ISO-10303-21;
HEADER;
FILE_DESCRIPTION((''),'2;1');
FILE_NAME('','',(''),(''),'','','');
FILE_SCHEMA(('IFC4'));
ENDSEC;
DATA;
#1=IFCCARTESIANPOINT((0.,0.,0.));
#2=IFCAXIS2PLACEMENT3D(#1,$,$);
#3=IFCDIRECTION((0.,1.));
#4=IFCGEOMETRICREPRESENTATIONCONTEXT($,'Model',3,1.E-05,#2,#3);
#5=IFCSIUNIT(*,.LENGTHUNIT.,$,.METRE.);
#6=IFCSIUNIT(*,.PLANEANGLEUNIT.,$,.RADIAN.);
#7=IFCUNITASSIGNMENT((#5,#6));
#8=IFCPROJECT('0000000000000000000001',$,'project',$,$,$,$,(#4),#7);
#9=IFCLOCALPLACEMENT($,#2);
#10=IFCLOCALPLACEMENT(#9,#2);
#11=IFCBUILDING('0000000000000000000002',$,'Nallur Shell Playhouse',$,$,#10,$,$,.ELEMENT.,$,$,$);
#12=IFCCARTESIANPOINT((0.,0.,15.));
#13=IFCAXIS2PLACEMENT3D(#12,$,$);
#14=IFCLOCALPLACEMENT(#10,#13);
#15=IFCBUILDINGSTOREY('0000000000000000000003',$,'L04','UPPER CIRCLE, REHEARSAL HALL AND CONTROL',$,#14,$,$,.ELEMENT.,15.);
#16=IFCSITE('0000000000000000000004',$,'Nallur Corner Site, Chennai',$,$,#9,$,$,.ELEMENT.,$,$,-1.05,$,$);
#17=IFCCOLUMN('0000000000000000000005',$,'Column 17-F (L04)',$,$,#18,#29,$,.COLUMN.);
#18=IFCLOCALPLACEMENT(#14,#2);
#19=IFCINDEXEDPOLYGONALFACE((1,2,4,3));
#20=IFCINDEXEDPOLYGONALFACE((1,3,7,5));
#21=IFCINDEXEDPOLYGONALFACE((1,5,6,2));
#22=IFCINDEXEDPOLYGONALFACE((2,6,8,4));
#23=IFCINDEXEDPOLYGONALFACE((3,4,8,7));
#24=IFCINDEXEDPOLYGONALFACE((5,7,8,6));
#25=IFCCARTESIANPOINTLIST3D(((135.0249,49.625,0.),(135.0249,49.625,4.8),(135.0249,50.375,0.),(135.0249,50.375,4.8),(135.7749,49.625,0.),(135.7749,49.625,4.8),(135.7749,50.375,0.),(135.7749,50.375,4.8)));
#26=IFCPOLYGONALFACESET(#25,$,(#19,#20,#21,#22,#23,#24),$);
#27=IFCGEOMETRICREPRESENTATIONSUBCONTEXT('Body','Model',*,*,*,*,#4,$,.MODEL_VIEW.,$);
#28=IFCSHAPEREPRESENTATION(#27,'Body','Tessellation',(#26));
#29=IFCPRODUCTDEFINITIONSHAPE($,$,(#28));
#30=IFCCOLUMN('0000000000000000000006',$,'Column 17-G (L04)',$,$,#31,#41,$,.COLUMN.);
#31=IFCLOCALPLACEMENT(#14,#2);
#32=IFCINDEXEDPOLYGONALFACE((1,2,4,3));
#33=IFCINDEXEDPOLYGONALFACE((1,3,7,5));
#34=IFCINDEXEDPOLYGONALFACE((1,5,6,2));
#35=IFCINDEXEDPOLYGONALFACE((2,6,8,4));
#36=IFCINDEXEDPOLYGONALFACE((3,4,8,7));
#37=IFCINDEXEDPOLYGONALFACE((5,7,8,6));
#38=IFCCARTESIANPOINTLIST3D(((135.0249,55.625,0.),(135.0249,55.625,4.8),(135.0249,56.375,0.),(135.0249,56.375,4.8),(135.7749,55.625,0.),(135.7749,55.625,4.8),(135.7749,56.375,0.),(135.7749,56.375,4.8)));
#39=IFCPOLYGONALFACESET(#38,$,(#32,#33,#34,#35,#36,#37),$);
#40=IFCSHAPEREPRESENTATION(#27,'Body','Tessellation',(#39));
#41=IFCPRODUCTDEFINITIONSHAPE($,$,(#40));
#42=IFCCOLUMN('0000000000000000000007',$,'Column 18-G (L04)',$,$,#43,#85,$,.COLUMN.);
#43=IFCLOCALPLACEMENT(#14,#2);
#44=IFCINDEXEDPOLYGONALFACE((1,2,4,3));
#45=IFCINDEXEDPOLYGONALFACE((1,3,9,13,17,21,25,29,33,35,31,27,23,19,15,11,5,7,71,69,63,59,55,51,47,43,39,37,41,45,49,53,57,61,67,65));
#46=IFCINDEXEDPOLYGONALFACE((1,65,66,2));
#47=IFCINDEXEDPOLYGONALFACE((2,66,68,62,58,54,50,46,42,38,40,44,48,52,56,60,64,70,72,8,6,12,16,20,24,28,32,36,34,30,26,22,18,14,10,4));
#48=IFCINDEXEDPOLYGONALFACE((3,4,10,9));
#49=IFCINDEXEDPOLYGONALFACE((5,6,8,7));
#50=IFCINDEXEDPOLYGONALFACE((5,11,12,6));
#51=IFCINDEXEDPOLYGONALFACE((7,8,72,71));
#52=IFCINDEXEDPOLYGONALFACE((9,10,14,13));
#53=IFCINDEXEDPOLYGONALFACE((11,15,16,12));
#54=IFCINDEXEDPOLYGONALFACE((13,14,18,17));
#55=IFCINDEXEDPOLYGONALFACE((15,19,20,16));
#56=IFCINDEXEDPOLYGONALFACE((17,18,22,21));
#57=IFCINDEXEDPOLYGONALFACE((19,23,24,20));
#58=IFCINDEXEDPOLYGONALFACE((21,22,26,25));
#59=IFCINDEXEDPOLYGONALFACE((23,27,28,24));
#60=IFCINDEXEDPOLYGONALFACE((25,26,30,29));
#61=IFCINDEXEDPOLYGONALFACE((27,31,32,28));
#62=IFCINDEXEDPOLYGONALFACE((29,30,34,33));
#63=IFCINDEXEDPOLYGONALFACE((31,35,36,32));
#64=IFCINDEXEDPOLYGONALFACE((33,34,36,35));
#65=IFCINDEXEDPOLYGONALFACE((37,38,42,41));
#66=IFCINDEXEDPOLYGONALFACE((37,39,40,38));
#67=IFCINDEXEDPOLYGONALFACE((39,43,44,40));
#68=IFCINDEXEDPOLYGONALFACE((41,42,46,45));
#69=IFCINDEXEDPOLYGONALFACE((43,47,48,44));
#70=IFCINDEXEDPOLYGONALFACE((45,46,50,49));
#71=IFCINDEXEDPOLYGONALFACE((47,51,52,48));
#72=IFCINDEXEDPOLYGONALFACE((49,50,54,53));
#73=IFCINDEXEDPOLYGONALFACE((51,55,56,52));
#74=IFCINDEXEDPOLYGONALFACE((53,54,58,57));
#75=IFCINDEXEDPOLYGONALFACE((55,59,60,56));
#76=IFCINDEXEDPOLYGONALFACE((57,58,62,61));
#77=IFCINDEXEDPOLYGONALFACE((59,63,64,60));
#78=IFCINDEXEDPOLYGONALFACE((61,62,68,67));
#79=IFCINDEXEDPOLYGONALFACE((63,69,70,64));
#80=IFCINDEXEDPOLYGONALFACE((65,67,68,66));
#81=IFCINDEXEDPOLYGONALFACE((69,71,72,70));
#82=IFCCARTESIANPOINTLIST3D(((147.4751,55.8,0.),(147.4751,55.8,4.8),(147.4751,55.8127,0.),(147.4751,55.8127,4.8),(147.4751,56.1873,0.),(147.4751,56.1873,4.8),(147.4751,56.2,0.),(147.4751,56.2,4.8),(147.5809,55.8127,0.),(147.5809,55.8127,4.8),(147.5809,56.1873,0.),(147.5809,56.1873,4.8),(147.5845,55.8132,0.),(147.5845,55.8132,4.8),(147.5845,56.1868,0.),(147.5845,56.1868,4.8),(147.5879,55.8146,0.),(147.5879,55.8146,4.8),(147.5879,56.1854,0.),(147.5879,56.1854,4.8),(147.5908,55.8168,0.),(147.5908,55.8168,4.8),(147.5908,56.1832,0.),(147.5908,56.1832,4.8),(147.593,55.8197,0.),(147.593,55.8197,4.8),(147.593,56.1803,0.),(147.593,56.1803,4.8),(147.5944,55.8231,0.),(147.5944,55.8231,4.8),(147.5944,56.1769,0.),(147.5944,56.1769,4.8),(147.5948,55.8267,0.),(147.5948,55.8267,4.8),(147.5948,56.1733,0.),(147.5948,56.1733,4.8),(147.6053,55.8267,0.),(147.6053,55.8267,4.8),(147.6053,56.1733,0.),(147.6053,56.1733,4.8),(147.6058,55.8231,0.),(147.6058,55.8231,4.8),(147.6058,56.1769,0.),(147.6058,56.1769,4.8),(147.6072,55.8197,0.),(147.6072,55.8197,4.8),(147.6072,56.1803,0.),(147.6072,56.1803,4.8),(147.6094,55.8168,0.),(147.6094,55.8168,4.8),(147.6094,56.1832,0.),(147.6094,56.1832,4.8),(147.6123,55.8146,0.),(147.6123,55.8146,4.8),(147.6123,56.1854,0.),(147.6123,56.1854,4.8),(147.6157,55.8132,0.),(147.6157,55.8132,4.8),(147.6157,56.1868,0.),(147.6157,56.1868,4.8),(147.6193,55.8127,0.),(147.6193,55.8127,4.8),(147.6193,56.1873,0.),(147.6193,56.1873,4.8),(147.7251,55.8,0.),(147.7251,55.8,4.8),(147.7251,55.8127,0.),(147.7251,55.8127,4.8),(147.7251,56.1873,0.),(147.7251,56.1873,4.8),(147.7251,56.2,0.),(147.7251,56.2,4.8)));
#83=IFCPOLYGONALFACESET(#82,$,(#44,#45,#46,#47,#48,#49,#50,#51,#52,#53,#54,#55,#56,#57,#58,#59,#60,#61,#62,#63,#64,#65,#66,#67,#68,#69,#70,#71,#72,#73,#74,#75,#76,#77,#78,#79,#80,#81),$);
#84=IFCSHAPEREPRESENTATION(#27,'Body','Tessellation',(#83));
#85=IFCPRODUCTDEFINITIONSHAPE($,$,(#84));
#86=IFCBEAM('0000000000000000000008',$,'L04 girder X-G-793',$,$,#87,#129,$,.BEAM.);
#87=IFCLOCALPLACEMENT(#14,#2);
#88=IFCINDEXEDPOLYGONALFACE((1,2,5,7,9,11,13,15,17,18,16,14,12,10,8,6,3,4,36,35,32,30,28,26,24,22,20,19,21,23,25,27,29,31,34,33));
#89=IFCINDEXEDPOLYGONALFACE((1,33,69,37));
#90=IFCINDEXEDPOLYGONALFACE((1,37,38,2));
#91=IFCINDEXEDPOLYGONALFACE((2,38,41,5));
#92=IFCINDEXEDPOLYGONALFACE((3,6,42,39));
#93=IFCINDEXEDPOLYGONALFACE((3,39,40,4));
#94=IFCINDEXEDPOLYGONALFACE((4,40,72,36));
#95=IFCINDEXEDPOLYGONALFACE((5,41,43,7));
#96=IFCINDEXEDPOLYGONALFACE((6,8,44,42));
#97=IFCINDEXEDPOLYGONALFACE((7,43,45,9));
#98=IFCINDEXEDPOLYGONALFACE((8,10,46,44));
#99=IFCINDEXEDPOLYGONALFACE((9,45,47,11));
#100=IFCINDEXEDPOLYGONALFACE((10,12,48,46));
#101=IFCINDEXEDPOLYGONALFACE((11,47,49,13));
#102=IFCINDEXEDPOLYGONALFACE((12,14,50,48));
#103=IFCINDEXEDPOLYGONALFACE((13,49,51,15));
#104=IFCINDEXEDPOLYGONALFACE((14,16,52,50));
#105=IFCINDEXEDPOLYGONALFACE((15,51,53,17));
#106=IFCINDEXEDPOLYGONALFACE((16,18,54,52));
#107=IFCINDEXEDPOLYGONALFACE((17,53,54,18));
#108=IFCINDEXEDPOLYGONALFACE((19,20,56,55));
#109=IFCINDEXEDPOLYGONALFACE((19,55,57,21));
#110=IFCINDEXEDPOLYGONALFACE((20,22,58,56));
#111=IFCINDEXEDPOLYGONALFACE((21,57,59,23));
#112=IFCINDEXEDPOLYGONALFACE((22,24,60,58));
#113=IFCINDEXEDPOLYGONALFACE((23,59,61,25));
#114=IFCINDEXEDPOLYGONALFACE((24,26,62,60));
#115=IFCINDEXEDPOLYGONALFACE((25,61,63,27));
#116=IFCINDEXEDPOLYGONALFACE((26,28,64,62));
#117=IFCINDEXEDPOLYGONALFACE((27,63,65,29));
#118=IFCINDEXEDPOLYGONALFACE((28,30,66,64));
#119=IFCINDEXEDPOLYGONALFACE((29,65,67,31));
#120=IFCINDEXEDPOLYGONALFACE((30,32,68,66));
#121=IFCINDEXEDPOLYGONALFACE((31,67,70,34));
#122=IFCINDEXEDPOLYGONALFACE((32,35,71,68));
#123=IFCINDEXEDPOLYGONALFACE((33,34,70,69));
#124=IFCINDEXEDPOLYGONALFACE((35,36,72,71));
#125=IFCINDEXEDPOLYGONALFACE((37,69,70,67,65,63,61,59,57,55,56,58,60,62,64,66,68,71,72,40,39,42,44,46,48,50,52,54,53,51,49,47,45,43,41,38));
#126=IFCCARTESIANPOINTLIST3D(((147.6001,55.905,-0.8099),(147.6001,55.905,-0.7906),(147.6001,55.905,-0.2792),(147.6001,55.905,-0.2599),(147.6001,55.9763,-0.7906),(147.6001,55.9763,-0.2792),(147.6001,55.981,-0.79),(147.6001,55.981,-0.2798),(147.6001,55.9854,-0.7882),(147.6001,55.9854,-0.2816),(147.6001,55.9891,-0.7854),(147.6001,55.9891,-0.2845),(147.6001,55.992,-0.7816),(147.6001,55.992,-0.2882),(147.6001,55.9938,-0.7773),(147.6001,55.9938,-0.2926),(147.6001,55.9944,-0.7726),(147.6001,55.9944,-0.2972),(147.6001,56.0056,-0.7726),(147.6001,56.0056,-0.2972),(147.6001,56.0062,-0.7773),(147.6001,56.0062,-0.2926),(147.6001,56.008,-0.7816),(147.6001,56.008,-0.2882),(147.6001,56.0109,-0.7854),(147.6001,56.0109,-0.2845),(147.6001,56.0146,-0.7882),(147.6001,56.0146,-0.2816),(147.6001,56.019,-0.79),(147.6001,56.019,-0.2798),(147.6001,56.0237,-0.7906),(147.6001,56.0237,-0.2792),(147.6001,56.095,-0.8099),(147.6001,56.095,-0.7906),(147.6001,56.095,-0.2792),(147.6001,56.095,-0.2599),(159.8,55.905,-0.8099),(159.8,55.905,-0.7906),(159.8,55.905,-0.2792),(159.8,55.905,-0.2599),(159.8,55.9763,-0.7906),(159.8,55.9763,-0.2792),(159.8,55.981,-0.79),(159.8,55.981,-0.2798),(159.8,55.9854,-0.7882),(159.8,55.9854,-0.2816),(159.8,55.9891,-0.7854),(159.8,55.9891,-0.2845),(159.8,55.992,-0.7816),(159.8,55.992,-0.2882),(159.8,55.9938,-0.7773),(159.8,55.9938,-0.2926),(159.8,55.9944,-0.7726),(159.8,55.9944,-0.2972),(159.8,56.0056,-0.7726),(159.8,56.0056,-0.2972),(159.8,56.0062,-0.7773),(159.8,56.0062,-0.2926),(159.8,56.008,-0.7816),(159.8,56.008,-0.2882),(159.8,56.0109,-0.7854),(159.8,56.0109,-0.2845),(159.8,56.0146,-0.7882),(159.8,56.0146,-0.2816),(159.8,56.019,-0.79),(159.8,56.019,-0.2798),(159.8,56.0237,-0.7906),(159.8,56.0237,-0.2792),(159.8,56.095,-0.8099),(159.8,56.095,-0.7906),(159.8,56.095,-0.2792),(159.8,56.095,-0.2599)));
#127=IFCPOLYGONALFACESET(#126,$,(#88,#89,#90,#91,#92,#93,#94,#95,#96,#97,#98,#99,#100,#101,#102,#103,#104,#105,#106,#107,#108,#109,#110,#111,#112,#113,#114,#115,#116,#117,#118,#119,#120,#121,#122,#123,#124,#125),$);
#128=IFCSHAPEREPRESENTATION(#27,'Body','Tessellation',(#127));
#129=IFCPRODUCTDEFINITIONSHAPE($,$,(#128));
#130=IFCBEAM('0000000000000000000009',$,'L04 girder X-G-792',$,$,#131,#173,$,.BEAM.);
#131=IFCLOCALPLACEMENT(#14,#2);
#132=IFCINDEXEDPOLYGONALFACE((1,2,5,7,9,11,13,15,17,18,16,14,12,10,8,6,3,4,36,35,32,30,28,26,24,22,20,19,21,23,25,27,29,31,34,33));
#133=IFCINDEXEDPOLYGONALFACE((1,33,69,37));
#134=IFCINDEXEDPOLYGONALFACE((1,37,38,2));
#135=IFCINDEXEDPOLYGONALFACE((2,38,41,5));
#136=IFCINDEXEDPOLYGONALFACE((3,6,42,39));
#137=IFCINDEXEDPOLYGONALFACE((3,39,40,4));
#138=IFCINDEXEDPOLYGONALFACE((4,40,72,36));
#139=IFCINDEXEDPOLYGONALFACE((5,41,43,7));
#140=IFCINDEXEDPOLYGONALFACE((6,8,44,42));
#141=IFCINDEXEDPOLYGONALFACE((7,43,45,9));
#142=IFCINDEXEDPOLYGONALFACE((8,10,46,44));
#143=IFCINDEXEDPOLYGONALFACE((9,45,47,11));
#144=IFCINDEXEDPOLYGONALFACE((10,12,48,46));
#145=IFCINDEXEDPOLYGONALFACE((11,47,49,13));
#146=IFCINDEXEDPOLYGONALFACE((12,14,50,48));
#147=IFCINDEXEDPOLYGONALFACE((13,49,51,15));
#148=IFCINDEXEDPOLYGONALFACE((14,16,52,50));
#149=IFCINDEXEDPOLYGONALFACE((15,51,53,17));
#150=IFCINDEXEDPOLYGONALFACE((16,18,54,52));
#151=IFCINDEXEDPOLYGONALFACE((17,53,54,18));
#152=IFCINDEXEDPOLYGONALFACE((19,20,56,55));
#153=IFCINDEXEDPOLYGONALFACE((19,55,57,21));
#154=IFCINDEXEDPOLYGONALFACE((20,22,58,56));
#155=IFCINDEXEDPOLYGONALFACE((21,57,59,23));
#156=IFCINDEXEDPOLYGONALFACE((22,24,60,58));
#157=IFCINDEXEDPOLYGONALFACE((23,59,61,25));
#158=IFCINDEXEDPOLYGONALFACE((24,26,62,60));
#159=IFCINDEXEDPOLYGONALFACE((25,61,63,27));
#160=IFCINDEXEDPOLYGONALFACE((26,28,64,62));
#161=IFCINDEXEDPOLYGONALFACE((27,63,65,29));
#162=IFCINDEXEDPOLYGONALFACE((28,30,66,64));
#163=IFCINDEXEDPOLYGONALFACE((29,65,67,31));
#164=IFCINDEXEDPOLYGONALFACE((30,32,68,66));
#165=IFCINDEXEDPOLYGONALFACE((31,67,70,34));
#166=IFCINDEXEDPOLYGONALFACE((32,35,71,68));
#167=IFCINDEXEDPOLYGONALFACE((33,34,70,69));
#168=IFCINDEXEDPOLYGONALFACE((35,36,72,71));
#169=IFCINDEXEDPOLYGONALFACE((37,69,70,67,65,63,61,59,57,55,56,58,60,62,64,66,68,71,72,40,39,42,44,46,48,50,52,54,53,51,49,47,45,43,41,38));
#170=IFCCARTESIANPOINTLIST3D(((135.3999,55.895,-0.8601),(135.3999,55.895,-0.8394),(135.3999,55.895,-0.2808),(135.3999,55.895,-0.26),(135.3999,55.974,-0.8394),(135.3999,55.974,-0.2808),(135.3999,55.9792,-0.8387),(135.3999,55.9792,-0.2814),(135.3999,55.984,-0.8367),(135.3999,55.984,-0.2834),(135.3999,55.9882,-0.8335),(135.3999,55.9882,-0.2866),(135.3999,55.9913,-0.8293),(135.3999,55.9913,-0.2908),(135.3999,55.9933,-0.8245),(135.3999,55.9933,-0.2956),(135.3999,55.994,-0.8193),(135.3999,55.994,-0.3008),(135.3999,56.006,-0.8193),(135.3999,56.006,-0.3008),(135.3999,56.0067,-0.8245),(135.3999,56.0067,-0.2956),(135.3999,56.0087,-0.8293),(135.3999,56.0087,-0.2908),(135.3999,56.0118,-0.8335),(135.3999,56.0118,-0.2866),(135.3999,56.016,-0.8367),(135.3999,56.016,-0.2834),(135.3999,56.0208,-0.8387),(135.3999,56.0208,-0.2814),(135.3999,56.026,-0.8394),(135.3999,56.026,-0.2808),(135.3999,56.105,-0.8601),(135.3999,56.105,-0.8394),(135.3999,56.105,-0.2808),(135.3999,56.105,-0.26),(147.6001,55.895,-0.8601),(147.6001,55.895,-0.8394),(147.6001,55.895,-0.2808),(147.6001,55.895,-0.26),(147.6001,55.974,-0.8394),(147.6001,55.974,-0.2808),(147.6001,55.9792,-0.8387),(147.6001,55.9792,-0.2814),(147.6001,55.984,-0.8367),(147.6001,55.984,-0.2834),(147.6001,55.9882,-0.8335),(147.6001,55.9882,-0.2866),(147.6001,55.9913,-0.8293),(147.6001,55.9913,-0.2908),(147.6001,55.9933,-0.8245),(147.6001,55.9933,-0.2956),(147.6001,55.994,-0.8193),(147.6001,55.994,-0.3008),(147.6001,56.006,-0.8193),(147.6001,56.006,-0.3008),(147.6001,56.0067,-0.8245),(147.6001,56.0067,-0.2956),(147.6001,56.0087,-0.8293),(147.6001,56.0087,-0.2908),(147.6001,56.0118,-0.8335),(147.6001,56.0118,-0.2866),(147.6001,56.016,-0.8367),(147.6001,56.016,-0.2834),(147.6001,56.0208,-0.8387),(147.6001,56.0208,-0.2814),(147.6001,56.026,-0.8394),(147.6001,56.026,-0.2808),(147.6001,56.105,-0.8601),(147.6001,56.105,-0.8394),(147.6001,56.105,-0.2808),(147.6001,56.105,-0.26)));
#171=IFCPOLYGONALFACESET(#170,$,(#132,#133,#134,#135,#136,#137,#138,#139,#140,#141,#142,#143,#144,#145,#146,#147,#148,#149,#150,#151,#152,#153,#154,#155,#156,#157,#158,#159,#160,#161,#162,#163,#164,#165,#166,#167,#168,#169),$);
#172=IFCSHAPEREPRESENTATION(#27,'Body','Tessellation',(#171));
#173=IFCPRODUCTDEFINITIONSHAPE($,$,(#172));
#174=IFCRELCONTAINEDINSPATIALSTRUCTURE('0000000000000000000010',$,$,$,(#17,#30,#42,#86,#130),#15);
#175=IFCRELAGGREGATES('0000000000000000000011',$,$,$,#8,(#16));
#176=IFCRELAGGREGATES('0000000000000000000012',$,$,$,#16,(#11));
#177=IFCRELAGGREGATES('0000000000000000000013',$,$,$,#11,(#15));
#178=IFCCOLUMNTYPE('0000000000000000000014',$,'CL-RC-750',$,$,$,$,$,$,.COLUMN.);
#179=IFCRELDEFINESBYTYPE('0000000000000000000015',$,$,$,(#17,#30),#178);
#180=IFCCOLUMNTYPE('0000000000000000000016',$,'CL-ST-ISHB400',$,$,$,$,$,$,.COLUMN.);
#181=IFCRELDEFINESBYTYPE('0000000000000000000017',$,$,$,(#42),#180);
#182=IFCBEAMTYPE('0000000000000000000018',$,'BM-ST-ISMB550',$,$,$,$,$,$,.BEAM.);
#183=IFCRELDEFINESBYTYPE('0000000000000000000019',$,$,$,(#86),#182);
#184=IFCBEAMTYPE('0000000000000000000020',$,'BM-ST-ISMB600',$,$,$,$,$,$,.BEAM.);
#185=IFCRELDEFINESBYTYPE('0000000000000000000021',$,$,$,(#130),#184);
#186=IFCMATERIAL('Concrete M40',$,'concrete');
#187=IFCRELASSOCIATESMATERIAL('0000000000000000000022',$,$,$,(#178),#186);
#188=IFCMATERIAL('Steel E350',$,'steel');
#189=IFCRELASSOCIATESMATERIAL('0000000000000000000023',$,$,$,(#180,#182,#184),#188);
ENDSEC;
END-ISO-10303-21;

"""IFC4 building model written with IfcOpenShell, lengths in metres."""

from ifc_helpers import new_model, si_unit, direction, frame, origin, origin_2d, place, context, subcontext, project, spatial, rectangle, i_section, extrude, material, material_profile, profile_set, type_object, element, save


model = new_model("IFC4")

# Units and contexts
model_context = context("Model", 3, precision=1e-05, world=origin(), true_north=direction((0.0, 1.0)))
body_context = subcontext(model_context, "Body", "Model", "MODEL_VIEW")
ifc_project = project(units=[si_unit("LENGTHUNIT", "METRE"), si_unit("PLANEANGLEUNIT", "RADIAN")], contexts=[model_context])

# Site, building, storey
site_placement = place(None, origin())
site = spatial("IfcSite", under=ifc_project, at=site_placement, Name="Nallur Corner Site, Chennai", CompositionType="ELEMENT", RefElevation=-1.05)
building_placement = place(site_placement, origin())
building = spatial("IfcBuilding", under=site, at=building_placement, Name="Nallur Shell Playhouse", CompositionType="ELEMENT")
storey_placement = place(building_placement, frame((0.0, 0.0, 15.0)))
storey = spatial("IfcBuildingStorey", under=building, at=storey_placement, Name="L04", Description="UPPER CIRCLE, REHEARSAL HALL AND CONTROL", CompositionType="ELEMENT", Elevation=15.0)

# Columns
ifc_material_1 = material(Name="Concrete M40", Category="concrete")
ifc_material_profile_1 = material_profile(ifc_material_1, rectangle(XDim=0.75, YDim=0.75, at=origin_2d()), Name="RC 750x750")
ifc_profile_set_1 = profile_set([ifc_material_profile_1], Name="Concrete M40")
column_type_1 = type_object("IfcColumnType", Name="CL-RC-750", PredefinedType="COLUMN", material=ifc_profile_set_1)
for number, where, z_axis, x_axis, name in (
    (1, (135.3999, 50.0, 0.0), (0.0, 0.0, 1.0), (1.0, 0.0, 0.0), "Column 17-F (L04)"),
    (2, (135.3999, 56.0, 0.0), (0.0, 0.0, 1.0), (1.0, 0.0, 0.0), "Column 17-G (L04)"),
):
    element("IfcColumn", number, at=place(storey_placement, frame(where, z_axis=z_axis, x_axis=x_axis)), inside=storey, type_object=column_type_1, Name=name, PredefinedType="COLUMN", context=body_context, shape_type="SweptSolid", body=[
        extrude(rectangle(XDim=0.75, YDim=0.75, at=origin_2d()), origin(), (0.0, 0.0, 1.0), 4.8),
    ])
ifc_material_2 = material(Name="Steel E350", Category="steel")
ifc_material_profile_2 = material_profile(ifc_material_2, i_section(OverallWidth=0.25, OverallDepth=0.3999, WebThickness=0.0105, FlangeThickness=0.0127, FilletRadius=0.0139, at=origin_2d()), Name="ISHB 400")
ifc_profile_set_2 = profile_set([ifc_material_profile_2], Name="Steel E350")
column_type_2 = type_object("IfcColumnType", Name="CL-ST-ISHB400", PredefinedType="COLUMN", material=ifc_profile_set_2)
column_placement = place(storey_placement, frame((147.6001, 56.0, 0.0), z_axis=(0.0, 0.0, 1.0), x_axis=(1.0, 0.0, 0.0)))
element("IfcColumn", 3, at=column_placement, inside=storey, type_object=column_type_2, Name="Column 18-G (L04)", PredefinedType="COLUMN", context=body_context, shape_type="SweptSolid", body=[
    extrude(i_section(OverallWidth=0.25, OverallDepth=0.3999, WebThickness=0.0105, FlangeThickness=0.0127, FilletRadius=0.0139, at=origin_2d()), origin(), (0.0, 0.0, 1.0), 4.8),
])

# Beams
ifc_material_profile_3 = material_profile(ifc_material_2, i_section(OverallWidth=0.1899, OverallDepth=0.55, WebThickness=0.0112, FlangeThickness=0.0193, FilletRadius=0.0181, at=origin_2d()), Name="ISMB 550")
ifc_profile_set_3 = profile_set([ifc_material_profile_3], Name="Steel E350")
beam_type_1 = type_object("IfcBeamType", Name="BM-ST-ISMB550", PredefinedType="BEAM", material=ifc_profile_set_3)
beam_1_placement = place(storey_placement, frame((147.6001, 56.0, -0.5349), z_axis=(1.0, 0.0, 0.0), x_axis=(0.0, 1.0, 0.0)))
element("IfcBeam", 4, at=beam_1_placement, inside=storey, type_object=beam_type_1, Name="L04 girder X-G-793", PredefinedType="BEAM", context=body_context, shape_type="SweptSolid", body=[
    extrude(i_section(OverallWidth=0.1899, OverallDepth=0.55, WebThickness=0.0112, FlangeThickness=0.0193, FilletRadius=0.0181, at=origin_2d()), origin(), (0.0, 0.0, 1.0), 12.2),
])
ifc_material_profile_4 = material_profile(ifc_material_2, i_section(OverallWidth=0.21, OverallDepth=0.6001, WebThickness=0.012, FlangeThickness=0.0208, FilletRadius=0.02, at=origin_2d()), Name="ISMB 600")
ifc_profile_set_4 = profile_set([ifc_material_profile_4], Name="Steel E350")
beam_type_2 = type_object("IfcBeamType", Name="BM-ST-ISMB600", PredefinedType="BEAM", material=ifc_profile_set_4)
beam_2_placement = place(storey_placement, frame((135.3999, 56.0, -0.5601), z_axis=(1.0, 0.0, 0.0), x_axis=(0.0, 1.0, 0.0)))
element("IfcBeam", 5, at=beam_2_placement, inside=storey, type_object=beam_type_2, Name="L04 girder X-G-792", PredefinedType="BEAM", context=body_context, shape_type="SweptSolid", body=[
    extrude(i_section(OverallWidth=0.21, OverallDepth=0.6001, WebThickness=0.012, FlangeThickness=0.0208, FilletRadius=0.02, at=origin_2d()), origin(), (0.0, 0.0, 1.0), 12.2002),
])

save(model, "model.ifc")
